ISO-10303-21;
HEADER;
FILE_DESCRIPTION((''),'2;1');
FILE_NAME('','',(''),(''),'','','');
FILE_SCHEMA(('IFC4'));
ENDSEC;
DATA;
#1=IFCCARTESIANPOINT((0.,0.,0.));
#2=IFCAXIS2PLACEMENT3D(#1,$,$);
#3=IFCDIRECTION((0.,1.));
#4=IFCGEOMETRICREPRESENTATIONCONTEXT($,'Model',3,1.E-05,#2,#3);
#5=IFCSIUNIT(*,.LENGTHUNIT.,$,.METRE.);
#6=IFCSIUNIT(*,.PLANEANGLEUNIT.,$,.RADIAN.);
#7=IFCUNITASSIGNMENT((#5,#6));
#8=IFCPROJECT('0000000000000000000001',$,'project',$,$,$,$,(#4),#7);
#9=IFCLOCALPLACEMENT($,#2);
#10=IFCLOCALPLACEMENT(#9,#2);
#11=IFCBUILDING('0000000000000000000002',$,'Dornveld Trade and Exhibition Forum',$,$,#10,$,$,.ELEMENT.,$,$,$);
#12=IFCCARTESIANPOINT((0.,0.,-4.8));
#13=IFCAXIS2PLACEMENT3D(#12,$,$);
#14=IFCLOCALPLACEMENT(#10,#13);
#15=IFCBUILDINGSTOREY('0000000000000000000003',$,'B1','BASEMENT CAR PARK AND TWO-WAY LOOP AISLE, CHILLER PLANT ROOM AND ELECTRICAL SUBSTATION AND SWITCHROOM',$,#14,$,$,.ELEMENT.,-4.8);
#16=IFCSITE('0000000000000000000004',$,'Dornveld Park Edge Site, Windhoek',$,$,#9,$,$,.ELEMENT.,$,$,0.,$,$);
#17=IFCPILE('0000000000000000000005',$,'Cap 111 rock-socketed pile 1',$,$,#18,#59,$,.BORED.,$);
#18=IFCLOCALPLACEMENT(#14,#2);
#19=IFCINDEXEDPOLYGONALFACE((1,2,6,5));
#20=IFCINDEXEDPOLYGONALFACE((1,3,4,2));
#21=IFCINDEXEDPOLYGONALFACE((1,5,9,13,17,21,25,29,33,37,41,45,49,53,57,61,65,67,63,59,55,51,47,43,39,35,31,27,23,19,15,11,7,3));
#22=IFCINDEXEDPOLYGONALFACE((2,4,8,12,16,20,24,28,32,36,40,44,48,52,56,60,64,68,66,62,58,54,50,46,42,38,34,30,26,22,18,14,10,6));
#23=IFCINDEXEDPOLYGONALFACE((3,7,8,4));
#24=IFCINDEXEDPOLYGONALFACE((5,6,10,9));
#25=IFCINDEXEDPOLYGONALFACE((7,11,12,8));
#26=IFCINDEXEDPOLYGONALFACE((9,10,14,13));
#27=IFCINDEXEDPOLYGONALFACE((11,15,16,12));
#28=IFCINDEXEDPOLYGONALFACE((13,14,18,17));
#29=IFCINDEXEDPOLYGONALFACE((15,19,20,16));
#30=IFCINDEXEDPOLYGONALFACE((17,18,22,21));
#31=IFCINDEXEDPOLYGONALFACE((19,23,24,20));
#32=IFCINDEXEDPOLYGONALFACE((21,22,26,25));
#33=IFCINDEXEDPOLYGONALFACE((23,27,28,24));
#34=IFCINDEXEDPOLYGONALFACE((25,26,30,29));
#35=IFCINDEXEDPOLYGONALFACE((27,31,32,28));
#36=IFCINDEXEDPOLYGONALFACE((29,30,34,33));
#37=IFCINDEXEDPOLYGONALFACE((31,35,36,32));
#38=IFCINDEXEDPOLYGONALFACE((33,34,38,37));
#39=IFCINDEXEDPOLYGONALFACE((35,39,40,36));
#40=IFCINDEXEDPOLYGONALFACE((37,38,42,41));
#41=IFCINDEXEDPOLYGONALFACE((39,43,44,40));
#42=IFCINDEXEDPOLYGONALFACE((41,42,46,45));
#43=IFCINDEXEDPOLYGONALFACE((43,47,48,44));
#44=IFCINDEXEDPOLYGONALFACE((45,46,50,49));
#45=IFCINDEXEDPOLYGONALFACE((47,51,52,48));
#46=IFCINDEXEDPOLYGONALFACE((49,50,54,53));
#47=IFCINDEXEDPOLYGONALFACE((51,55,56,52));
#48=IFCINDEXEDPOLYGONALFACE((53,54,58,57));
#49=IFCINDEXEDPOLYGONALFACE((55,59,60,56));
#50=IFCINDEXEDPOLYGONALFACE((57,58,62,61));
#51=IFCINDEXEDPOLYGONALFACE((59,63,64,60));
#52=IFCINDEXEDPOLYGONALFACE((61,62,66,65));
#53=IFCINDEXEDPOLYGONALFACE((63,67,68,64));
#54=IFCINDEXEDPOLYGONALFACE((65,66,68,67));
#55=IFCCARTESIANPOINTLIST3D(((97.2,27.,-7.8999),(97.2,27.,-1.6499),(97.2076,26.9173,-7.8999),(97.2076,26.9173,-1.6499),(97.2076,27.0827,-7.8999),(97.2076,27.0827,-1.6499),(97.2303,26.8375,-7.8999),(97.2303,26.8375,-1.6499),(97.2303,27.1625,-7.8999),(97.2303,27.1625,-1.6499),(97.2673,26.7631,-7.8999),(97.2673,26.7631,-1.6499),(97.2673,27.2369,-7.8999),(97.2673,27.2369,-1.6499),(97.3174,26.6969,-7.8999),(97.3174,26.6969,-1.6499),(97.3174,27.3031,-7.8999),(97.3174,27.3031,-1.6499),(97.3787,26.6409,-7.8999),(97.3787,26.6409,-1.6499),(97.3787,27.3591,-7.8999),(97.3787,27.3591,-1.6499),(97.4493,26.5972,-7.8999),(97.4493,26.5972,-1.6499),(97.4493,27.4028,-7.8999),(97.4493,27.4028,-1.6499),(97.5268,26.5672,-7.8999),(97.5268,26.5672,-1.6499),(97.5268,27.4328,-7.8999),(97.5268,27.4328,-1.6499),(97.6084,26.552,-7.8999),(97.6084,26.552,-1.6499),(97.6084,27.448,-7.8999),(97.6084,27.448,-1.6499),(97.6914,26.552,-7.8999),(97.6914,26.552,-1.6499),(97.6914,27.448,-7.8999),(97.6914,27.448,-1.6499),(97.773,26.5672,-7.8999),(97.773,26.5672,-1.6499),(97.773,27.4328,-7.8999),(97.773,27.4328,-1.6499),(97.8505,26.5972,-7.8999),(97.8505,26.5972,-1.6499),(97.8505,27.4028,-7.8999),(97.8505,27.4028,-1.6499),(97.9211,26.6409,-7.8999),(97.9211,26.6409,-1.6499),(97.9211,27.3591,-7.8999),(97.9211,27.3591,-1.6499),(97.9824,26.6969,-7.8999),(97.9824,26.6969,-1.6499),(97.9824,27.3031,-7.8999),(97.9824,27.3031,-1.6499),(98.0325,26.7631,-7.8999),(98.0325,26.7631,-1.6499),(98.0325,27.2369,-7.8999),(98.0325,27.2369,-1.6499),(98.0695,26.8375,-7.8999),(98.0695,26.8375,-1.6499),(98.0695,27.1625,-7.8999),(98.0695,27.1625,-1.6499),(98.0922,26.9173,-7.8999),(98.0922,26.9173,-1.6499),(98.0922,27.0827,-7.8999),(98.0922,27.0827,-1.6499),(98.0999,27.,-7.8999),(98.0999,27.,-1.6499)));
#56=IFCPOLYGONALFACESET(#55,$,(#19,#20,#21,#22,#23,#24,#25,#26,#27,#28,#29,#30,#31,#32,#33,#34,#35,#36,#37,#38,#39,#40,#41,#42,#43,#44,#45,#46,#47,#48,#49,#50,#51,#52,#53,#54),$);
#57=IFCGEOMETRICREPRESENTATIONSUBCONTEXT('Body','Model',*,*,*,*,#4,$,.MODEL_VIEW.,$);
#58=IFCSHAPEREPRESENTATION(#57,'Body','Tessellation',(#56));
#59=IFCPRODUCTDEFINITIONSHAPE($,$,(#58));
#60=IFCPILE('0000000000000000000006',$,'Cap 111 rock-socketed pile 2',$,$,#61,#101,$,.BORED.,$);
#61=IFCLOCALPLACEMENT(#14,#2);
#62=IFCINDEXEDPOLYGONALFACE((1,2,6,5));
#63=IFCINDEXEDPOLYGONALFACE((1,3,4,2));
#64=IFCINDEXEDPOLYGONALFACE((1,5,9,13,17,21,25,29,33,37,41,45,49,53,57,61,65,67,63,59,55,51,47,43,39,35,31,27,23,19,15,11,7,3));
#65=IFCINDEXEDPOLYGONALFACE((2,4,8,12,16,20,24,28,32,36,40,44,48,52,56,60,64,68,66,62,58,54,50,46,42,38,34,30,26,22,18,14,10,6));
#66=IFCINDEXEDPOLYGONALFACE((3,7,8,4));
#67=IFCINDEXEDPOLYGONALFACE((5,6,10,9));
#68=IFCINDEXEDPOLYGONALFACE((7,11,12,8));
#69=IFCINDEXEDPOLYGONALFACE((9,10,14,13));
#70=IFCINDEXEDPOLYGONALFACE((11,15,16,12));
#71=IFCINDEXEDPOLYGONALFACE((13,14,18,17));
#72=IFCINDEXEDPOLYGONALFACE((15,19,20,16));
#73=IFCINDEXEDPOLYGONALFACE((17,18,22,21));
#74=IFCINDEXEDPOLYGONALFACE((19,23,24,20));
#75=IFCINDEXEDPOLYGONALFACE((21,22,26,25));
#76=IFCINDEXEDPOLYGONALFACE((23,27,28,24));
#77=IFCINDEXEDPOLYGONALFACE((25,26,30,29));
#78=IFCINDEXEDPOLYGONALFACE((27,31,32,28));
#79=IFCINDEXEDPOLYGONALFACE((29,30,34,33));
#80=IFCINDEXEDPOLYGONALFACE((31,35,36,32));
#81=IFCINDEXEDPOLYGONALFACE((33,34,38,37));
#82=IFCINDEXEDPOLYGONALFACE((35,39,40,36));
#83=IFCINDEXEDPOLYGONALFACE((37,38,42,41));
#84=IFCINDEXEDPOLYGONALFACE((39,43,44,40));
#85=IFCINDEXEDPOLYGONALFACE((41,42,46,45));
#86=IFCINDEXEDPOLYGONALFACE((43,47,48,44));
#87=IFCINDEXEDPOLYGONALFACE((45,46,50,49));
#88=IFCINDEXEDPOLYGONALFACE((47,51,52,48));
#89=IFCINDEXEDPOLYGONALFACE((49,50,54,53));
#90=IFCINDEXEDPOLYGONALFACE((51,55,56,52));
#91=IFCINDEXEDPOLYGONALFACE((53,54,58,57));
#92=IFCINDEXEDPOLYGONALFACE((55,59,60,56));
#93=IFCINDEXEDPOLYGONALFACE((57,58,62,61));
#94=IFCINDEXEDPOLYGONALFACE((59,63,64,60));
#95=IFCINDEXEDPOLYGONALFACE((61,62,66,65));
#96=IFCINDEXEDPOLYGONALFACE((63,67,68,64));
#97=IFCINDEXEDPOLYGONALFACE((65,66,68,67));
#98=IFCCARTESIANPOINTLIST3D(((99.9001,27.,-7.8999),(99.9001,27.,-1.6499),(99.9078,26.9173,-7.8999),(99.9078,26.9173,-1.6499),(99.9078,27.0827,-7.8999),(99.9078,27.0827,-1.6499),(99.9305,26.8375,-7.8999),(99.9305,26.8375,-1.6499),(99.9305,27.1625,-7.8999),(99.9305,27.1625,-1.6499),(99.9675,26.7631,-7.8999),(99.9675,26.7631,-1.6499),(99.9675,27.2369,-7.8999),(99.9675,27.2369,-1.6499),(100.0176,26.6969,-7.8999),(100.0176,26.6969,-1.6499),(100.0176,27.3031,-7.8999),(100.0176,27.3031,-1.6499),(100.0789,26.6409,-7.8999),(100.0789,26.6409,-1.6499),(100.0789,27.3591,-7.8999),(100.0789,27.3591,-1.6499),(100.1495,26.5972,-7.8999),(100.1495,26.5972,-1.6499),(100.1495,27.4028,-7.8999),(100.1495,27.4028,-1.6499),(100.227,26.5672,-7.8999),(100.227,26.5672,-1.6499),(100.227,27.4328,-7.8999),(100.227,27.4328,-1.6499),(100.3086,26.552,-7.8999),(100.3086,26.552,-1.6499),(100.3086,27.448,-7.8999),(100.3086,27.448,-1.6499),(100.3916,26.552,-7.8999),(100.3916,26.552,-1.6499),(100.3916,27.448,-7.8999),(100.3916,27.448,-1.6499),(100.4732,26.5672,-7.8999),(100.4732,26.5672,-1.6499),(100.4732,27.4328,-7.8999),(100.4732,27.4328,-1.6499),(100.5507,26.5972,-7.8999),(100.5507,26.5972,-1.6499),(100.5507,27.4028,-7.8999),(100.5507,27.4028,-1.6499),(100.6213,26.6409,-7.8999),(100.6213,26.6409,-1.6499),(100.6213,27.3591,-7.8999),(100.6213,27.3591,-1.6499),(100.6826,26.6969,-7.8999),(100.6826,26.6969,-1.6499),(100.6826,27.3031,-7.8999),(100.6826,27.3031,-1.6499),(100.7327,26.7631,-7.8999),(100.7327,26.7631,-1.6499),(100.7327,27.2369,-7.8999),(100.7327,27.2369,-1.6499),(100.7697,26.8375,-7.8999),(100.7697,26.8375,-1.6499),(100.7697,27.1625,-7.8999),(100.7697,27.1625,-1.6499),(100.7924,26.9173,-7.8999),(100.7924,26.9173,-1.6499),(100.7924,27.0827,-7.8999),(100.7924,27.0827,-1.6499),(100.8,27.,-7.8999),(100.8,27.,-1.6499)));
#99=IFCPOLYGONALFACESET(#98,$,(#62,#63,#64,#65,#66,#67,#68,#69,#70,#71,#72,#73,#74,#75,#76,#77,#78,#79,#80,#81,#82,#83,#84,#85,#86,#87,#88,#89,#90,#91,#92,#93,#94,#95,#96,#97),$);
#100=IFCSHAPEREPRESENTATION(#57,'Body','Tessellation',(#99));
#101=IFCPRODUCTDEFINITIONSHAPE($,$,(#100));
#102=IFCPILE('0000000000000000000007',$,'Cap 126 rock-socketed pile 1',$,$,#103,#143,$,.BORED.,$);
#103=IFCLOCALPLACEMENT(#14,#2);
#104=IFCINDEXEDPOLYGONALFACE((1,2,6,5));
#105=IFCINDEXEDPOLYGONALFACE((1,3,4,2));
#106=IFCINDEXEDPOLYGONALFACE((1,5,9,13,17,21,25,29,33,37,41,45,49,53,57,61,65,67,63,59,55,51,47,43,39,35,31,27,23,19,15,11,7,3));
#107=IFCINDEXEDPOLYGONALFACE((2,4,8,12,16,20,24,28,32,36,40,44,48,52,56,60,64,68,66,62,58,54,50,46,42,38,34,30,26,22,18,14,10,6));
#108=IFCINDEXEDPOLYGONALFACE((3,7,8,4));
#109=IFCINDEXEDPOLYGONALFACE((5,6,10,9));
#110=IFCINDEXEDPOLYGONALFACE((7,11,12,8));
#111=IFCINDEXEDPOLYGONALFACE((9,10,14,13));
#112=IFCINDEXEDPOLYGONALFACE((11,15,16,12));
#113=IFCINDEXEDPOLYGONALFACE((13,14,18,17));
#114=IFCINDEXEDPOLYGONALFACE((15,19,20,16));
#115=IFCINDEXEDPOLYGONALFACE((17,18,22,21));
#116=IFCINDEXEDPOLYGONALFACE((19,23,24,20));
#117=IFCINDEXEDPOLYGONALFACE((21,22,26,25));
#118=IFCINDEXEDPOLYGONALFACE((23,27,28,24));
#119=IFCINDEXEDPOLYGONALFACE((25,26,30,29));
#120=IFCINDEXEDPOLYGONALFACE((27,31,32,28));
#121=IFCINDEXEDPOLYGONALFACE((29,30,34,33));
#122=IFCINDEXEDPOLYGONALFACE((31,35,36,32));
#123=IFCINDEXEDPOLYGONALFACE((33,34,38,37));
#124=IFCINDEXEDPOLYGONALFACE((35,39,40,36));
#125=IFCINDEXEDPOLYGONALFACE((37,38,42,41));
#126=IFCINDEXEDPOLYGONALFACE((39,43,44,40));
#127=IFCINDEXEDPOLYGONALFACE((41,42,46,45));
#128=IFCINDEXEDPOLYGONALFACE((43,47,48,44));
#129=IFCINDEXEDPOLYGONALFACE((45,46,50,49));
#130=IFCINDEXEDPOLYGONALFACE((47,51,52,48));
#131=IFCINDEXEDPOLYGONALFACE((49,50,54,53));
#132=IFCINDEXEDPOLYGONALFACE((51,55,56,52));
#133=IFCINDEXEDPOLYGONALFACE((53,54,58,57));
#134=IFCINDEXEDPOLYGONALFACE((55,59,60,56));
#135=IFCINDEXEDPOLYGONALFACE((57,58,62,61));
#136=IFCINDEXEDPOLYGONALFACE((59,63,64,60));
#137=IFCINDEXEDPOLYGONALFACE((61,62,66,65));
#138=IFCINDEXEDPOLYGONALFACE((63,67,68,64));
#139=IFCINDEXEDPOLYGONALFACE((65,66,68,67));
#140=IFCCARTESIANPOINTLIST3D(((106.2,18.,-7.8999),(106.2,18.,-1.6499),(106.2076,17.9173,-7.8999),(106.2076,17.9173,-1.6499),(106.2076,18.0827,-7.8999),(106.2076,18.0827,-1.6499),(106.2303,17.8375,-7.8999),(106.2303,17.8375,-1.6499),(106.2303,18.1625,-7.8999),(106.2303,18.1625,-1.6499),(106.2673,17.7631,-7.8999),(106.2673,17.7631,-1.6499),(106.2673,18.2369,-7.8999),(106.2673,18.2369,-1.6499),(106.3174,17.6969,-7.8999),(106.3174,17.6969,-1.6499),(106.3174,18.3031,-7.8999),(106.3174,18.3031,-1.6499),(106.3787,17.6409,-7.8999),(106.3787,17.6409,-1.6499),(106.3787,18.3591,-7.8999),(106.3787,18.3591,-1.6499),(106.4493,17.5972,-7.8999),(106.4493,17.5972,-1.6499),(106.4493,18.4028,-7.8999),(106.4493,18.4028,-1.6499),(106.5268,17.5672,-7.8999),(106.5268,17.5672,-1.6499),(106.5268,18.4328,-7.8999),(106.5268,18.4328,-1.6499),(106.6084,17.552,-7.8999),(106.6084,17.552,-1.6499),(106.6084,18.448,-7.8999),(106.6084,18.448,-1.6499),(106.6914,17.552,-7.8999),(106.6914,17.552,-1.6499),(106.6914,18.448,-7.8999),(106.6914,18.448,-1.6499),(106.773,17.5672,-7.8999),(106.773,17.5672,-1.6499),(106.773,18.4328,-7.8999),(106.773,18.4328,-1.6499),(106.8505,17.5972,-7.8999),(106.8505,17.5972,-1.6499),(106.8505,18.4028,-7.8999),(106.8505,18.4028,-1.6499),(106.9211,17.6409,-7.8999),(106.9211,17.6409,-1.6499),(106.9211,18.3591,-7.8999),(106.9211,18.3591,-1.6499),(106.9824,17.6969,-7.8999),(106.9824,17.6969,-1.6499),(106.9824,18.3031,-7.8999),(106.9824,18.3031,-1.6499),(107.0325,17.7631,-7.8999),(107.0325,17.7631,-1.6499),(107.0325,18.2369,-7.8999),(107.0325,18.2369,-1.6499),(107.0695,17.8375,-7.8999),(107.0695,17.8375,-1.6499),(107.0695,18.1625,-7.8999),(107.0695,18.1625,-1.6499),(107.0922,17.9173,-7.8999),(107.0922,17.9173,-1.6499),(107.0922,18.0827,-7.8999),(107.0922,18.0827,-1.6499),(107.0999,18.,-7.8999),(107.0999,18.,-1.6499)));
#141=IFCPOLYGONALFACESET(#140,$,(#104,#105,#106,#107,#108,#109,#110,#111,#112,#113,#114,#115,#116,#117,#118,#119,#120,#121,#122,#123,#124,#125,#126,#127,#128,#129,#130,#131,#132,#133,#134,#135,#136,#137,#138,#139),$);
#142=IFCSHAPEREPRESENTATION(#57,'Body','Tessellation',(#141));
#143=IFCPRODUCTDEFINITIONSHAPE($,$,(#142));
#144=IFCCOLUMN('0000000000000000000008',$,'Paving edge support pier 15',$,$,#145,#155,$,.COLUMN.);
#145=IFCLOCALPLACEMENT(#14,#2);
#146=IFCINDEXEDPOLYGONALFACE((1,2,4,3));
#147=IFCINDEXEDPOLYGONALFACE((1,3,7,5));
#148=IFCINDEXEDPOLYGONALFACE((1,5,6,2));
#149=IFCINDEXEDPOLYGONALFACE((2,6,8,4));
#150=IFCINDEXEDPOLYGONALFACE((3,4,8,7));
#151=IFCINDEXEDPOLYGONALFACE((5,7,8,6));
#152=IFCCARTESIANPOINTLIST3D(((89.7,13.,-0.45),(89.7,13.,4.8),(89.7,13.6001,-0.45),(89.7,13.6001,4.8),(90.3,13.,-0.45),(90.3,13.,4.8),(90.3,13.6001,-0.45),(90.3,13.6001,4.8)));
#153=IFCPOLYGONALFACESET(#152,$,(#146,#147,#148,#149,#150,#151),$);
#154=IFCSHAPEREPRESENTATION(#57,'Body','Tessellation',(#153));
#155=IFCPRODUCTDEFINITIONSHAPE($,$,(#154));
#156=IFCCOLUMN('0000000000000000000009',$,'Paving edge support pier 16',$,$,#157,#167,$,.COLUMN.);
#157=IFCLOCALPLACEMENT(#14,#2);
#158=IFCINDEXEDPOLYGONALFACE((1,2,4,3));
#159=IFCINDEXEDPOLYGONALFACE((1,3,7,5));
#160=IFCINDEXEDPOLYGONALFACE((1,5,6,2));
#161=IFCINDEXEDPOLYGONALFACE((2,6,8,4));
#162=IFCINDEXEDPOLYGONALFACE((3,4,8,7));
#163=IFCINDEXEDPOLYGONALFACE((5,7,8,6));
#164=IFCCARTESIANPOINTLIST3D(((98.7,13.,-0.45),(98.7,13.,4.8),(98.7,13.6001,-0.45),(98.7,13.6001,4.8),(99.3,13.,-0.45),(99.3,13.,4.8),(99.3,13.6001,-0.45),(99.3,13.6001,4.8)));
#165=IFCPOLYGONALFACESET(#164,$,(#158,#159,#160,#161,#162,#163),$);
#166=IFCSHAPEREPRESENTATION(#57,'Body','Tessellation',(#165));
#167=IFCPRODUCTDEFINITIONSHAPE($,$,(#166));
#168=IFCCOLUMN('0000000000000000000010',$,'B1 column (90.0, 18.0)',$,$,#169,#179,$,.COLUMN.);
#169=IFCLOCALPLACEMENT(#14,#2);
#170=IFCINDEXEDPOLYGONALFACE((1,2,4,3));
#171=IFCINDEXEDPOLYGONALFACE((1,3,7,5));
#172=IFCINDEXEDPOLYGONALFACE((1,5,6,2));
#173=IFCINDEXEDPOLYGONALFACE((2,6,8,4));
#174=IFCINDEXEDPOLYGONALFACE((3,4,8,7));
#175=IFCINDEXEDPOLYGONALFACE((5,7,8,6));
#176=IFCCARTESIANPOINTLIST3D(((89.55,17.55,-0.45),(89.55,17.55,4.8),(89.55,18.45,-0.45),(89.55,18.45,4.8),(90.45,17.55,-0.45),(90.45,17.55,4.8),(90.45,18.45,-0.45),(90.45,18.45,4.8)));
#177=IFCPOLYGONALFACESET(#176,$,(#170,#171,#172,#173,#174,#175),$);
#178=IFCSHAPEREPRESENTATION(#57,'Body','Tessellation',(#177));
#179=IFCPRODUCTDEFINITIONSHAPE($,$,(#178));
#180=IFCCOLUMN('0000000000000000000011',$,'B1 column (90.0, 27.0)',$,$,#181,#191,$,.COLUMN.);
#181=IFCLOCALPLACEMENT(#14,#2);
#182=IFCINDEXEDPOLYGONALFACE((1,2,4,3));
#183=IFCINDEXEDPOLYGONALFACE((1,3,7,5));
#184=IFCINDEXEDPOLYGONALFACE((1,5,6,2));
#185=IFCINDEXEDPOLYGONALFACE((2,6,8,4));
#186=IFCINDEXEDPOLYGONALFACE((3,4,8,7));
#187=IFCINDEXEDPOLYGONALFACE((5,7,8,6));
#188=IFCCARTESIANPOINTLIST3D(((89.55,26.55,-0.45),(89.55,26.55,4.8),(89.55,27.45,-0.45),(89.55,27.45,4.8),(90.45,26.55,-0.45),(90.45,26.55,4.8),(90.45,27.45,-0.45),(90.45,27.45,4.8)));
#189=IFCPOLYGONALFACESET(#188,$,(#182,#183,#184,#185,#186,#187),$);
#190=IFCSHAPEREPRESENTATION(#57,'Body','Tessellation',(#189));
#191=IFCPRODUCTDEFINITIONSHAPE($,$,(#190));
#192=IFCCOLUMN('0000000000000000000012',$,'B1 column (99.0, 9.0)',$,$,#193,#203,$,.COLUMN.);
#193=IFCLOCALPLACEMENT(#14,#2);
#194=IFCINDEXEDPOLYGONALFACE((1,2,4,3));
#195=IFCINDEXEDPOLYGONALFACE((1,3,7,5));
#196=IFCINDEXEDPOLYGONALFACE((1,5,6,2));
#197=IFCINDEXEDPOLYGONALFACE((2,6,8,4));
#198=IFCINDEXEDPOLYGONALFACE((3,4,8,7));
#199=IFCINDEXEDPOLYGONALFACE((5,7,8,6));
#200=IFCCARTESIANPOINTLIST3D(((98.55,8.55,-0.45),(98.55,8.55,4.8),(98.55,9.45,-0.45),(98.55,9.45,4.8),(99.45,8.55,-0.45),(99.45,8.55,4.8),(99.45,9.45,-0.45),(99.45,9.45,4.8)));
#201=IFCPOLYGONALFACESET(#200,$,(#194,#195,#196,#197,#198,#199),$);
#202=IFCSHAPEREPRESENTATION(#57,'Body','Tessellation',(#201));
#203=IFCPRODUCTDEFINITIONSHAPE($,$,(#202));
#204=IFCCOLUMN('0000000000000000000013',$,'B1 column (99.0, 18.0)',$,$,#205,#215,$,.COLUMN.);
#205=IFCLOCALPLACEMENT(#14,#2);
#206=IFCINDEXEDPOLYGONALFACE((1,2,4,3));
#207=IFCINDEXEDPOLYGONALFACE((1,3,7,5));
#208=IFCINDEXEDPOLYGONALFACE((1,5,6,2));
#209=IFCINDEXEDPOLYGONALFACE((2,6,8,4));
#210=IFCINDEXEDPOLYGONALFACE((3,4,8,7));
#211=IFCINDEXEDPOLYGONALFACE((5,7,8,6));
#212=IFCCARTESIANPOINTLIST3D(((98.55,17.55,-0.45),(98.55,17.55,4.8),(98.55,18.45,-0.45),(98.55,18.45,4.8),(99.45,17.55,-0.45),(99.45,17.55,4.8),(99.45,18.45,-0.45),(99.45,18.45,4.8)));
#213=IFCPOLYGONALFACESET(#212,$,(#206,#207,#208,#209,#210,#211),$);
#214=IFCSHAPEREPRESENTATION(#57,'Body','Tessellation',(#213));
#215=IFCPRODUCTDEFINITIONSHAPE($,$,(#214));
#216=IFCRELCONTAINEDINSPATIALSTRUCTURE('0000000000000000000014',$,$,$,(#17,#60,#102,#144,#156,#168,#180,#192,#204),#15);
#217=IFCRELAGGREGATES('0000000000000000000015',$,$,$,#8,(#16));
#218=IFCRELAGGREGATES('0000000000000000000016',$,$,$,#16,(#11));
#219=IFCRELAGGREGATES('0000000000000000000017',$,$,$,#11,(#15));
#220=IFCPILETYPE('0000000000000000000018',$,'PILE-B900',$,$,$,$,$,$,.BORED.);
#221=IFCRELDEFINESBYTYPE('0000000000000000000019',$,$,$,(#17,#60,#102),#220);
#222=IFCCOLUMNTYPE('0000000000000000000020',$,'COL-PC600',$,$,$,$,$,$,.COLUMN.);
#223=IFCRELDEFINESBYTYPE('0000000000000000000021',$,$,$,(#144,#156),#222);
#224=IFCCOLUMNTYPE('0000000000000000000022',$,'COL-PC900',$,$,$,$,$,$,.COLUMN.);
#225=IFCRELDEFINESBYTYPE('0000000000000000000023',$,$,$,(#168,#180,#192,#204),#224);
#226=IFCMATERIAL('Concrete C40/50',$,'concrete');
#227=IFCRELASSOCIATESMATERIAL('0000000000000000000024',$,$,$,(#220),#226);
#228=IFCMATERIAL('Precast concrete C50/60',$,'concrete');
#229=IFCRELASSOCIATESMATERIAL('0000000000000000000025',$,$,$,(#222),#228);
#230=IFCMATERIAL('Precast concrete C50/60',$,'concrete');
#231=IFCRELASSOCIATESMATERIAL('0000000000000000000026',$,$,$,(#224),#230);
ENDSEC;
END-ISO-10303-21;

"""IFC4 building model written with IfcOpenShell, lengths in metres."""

from ifc_helpers import new_model, si_unit, direction, frame, origin, origin_2d, place, context, subcontext, project, spatial, rectangle, circle, extrude, material, material_profile, profile_set, type_object, element, save


model = new_model("IFC4")

# Units and contexts
model_context = context("Model", 3, precision=1e-05, world=origin(), true_north=direction((0.0, 1.0)))
body_context = subcontext(model_context, "Body", "Model", "MODEL_VIEW")
ifc_project = project(units=[si_unit("LENGTHUNIT", "METRE"), si_unit("PLANEANGLEUNIT", "RADIAN")], contexts=[model_context])

# Site, building, storey
site_placement = place(None, origin())
site = spatial("IfcSite", under=ifc_project, at=site_placement, Name="Dornveld Park Edge Site, Windhoek", CompositionType="ELEMENT", RefElevation=0.0)
building_placement = place(site_placement, origin())
building = spatial("IfcBuilding", under=site, at=building_placement, Name="Dornveld Trade and Exhibition Forum", CompositionType="ELEMENT")
storey_placement = place(building_placement, frame((0.0, 0.0, -4.8)))
storey = spatial("IfcBuildingStorey", under=building, at=storey_placement, Name="B1", Description="BASEMENT CAR PARK AND TWO-WAY LOOP AISLE, CHILLER PLANT ROOM AND ELECTRICAL SUBSTATION AND SWITCHROOM", CompositionType="ELEMENT", Elevation=-4.8)

# Piles
ifc_material_1 = material(Name="Concrete C40/50", Category="concrete")
ifc_material_profile_1 = material_profile(ifc_material_1, circle(Radius=0.45, at=origin_2d()), Name="PILE D900")
ifc_profile_set_1 = profile_set([ifc_material_profile_1], Name="Concrete C40/50")
pile_type = type_object("IfcPileType", Name="PILE-B900", PredefinedType="BORED", material=ifc_profile_set_1)
for number, where, z_axis, x_axis, name in (
    (1, (97.6499, 27.0, -1.6499), (0.0, 0.0, -1.0), (1.0, 0.0, 0.0), "Cap 111 rock-socketed pile 1"),
    (2, (100.3501, 27.0, -1.6499), (0.0, 0.0, -1.0), (1.0, 0.0, 0.0), "Cap 111 rock-socketed pile 2"),
    (3, (106.6499, 18.0, -1.6499), (0.0, 0.0, -1.0), (1.0, 0.0, 0.0), "Cap 126 rock-socketed pile 1"),
):
    element("IfcPile", number, at=place(storey_placement, frame(where, z_axis=z_axis, x_axis=x_axis)), inside=storey, type_object=pile_type, Name=name, PredefinedType="BORED", context=body_context, shape_type="SweptSolid", body=[
        extrude(circle(Radius=0.45, at=origin_2d()), origin(), (0.0, 0.0, 1.0), 6.25),
    ])

# Columns
ifc_material_2 = material(Name="Precast concrete C50/60", Category="concrete")
ifc_material_profile_2 = material_profile(ifc_material_2, rectangle(XDim=0.6001, YDim=0.6001, at=origin_2d()), Name="PC-COL 600x600")
ifc_profile_set_2 = profile_set([ifc_material_profile_2], Name="Precast concrete C50/60")
column_type_1 = type_object("IfcColumnType", Name="COL-PC600", PredefinedType="COLUMN", material=ifc_profile_set_2)
for number, where, z_axis, x_axis, name in (
    (4, (90.0, 13.3, -0.45), (0.0, 0.0, 1.0), (1.0, 0.0, 0.0), "Paving edge support pier 15"),
    (5, (99.0, 13.3, -0.45), (0.0, 0.0, 1.0), (1.0, 0.0, 0.0), "Paving edge support pier 16"),
):
    element("IfcColumn", number, at=place(storey_placement, frame(where, z_axis=z_axis, x_axis=x_axis)), inside=storey, type_object=column_type_1, Name=name, PredefinedType="COLUMN", context=body_context, shape_type="SweptSolid", body=[
        extrude(rectangle(XDim=0.6001, YDim=0.6001, at=origin_2d()), origin(), (0.0, 0.0, 1.0), 5.25),
    ])
ifc_material_3 = material(Name="Precast concrete C50/60", Category="concrete")
ifc_material_profile_3 = material_profile(ifc_material_3, rectangle(XDim=0.8999, YDim=0.8999, at=origin_2d()), Name="PC-COL 900x900")
ifc_profile_set_3 = profile_set([ifc_material_profile_3], Name="Precast concrete C50/60")
column_type_2 = type_object("IfcColumnType", Name="COL-PC900", PredefinedType="COLUMN", material=ifc_profile_set_3)
for number, where, z_axis, x_axis, name in (
    (6, (90.0, 18.0, -0.45), (0.0, 0.0, 1.0), (1.0, 0.0, 0.0), "B1 column (90.0, 18.0)"),
    (7, (90.0, 27.0, -0.45), (0.0, 0.0, 1.0), (1.0, 0.0, 0.0), "B1 column (90.0, 27.0)"),
    (8, (99.0, 9.0, -0.45), (0.0, 0.0, 1.0), (1.0, 0.0, 0.0), "B1 column (99.0, 9.0)"),
    (9, (99.0, 18.0, -0.45), (0.0, 0.0, 1.0), (1.0, 0.0, 0.0), "B1 column (99.0, 18.0)"),
):
    element("IfcColumn", number, at=place(storey_placement, frame(where, z_axis=z_axis, x_axis=x_axis)), inside=storey, type_object=column_type_2, Name=name, PredefinedType="COLUMN", context=body_context, shape_type="SweptSolid", body=[
        extrude(rectangle(XDim=0.8999, YDim=0.8999, at=origin_2d()), origin(), (0.0, 0.0, 1.0), 5.25),
    ])

save(model, "model.ifc")
